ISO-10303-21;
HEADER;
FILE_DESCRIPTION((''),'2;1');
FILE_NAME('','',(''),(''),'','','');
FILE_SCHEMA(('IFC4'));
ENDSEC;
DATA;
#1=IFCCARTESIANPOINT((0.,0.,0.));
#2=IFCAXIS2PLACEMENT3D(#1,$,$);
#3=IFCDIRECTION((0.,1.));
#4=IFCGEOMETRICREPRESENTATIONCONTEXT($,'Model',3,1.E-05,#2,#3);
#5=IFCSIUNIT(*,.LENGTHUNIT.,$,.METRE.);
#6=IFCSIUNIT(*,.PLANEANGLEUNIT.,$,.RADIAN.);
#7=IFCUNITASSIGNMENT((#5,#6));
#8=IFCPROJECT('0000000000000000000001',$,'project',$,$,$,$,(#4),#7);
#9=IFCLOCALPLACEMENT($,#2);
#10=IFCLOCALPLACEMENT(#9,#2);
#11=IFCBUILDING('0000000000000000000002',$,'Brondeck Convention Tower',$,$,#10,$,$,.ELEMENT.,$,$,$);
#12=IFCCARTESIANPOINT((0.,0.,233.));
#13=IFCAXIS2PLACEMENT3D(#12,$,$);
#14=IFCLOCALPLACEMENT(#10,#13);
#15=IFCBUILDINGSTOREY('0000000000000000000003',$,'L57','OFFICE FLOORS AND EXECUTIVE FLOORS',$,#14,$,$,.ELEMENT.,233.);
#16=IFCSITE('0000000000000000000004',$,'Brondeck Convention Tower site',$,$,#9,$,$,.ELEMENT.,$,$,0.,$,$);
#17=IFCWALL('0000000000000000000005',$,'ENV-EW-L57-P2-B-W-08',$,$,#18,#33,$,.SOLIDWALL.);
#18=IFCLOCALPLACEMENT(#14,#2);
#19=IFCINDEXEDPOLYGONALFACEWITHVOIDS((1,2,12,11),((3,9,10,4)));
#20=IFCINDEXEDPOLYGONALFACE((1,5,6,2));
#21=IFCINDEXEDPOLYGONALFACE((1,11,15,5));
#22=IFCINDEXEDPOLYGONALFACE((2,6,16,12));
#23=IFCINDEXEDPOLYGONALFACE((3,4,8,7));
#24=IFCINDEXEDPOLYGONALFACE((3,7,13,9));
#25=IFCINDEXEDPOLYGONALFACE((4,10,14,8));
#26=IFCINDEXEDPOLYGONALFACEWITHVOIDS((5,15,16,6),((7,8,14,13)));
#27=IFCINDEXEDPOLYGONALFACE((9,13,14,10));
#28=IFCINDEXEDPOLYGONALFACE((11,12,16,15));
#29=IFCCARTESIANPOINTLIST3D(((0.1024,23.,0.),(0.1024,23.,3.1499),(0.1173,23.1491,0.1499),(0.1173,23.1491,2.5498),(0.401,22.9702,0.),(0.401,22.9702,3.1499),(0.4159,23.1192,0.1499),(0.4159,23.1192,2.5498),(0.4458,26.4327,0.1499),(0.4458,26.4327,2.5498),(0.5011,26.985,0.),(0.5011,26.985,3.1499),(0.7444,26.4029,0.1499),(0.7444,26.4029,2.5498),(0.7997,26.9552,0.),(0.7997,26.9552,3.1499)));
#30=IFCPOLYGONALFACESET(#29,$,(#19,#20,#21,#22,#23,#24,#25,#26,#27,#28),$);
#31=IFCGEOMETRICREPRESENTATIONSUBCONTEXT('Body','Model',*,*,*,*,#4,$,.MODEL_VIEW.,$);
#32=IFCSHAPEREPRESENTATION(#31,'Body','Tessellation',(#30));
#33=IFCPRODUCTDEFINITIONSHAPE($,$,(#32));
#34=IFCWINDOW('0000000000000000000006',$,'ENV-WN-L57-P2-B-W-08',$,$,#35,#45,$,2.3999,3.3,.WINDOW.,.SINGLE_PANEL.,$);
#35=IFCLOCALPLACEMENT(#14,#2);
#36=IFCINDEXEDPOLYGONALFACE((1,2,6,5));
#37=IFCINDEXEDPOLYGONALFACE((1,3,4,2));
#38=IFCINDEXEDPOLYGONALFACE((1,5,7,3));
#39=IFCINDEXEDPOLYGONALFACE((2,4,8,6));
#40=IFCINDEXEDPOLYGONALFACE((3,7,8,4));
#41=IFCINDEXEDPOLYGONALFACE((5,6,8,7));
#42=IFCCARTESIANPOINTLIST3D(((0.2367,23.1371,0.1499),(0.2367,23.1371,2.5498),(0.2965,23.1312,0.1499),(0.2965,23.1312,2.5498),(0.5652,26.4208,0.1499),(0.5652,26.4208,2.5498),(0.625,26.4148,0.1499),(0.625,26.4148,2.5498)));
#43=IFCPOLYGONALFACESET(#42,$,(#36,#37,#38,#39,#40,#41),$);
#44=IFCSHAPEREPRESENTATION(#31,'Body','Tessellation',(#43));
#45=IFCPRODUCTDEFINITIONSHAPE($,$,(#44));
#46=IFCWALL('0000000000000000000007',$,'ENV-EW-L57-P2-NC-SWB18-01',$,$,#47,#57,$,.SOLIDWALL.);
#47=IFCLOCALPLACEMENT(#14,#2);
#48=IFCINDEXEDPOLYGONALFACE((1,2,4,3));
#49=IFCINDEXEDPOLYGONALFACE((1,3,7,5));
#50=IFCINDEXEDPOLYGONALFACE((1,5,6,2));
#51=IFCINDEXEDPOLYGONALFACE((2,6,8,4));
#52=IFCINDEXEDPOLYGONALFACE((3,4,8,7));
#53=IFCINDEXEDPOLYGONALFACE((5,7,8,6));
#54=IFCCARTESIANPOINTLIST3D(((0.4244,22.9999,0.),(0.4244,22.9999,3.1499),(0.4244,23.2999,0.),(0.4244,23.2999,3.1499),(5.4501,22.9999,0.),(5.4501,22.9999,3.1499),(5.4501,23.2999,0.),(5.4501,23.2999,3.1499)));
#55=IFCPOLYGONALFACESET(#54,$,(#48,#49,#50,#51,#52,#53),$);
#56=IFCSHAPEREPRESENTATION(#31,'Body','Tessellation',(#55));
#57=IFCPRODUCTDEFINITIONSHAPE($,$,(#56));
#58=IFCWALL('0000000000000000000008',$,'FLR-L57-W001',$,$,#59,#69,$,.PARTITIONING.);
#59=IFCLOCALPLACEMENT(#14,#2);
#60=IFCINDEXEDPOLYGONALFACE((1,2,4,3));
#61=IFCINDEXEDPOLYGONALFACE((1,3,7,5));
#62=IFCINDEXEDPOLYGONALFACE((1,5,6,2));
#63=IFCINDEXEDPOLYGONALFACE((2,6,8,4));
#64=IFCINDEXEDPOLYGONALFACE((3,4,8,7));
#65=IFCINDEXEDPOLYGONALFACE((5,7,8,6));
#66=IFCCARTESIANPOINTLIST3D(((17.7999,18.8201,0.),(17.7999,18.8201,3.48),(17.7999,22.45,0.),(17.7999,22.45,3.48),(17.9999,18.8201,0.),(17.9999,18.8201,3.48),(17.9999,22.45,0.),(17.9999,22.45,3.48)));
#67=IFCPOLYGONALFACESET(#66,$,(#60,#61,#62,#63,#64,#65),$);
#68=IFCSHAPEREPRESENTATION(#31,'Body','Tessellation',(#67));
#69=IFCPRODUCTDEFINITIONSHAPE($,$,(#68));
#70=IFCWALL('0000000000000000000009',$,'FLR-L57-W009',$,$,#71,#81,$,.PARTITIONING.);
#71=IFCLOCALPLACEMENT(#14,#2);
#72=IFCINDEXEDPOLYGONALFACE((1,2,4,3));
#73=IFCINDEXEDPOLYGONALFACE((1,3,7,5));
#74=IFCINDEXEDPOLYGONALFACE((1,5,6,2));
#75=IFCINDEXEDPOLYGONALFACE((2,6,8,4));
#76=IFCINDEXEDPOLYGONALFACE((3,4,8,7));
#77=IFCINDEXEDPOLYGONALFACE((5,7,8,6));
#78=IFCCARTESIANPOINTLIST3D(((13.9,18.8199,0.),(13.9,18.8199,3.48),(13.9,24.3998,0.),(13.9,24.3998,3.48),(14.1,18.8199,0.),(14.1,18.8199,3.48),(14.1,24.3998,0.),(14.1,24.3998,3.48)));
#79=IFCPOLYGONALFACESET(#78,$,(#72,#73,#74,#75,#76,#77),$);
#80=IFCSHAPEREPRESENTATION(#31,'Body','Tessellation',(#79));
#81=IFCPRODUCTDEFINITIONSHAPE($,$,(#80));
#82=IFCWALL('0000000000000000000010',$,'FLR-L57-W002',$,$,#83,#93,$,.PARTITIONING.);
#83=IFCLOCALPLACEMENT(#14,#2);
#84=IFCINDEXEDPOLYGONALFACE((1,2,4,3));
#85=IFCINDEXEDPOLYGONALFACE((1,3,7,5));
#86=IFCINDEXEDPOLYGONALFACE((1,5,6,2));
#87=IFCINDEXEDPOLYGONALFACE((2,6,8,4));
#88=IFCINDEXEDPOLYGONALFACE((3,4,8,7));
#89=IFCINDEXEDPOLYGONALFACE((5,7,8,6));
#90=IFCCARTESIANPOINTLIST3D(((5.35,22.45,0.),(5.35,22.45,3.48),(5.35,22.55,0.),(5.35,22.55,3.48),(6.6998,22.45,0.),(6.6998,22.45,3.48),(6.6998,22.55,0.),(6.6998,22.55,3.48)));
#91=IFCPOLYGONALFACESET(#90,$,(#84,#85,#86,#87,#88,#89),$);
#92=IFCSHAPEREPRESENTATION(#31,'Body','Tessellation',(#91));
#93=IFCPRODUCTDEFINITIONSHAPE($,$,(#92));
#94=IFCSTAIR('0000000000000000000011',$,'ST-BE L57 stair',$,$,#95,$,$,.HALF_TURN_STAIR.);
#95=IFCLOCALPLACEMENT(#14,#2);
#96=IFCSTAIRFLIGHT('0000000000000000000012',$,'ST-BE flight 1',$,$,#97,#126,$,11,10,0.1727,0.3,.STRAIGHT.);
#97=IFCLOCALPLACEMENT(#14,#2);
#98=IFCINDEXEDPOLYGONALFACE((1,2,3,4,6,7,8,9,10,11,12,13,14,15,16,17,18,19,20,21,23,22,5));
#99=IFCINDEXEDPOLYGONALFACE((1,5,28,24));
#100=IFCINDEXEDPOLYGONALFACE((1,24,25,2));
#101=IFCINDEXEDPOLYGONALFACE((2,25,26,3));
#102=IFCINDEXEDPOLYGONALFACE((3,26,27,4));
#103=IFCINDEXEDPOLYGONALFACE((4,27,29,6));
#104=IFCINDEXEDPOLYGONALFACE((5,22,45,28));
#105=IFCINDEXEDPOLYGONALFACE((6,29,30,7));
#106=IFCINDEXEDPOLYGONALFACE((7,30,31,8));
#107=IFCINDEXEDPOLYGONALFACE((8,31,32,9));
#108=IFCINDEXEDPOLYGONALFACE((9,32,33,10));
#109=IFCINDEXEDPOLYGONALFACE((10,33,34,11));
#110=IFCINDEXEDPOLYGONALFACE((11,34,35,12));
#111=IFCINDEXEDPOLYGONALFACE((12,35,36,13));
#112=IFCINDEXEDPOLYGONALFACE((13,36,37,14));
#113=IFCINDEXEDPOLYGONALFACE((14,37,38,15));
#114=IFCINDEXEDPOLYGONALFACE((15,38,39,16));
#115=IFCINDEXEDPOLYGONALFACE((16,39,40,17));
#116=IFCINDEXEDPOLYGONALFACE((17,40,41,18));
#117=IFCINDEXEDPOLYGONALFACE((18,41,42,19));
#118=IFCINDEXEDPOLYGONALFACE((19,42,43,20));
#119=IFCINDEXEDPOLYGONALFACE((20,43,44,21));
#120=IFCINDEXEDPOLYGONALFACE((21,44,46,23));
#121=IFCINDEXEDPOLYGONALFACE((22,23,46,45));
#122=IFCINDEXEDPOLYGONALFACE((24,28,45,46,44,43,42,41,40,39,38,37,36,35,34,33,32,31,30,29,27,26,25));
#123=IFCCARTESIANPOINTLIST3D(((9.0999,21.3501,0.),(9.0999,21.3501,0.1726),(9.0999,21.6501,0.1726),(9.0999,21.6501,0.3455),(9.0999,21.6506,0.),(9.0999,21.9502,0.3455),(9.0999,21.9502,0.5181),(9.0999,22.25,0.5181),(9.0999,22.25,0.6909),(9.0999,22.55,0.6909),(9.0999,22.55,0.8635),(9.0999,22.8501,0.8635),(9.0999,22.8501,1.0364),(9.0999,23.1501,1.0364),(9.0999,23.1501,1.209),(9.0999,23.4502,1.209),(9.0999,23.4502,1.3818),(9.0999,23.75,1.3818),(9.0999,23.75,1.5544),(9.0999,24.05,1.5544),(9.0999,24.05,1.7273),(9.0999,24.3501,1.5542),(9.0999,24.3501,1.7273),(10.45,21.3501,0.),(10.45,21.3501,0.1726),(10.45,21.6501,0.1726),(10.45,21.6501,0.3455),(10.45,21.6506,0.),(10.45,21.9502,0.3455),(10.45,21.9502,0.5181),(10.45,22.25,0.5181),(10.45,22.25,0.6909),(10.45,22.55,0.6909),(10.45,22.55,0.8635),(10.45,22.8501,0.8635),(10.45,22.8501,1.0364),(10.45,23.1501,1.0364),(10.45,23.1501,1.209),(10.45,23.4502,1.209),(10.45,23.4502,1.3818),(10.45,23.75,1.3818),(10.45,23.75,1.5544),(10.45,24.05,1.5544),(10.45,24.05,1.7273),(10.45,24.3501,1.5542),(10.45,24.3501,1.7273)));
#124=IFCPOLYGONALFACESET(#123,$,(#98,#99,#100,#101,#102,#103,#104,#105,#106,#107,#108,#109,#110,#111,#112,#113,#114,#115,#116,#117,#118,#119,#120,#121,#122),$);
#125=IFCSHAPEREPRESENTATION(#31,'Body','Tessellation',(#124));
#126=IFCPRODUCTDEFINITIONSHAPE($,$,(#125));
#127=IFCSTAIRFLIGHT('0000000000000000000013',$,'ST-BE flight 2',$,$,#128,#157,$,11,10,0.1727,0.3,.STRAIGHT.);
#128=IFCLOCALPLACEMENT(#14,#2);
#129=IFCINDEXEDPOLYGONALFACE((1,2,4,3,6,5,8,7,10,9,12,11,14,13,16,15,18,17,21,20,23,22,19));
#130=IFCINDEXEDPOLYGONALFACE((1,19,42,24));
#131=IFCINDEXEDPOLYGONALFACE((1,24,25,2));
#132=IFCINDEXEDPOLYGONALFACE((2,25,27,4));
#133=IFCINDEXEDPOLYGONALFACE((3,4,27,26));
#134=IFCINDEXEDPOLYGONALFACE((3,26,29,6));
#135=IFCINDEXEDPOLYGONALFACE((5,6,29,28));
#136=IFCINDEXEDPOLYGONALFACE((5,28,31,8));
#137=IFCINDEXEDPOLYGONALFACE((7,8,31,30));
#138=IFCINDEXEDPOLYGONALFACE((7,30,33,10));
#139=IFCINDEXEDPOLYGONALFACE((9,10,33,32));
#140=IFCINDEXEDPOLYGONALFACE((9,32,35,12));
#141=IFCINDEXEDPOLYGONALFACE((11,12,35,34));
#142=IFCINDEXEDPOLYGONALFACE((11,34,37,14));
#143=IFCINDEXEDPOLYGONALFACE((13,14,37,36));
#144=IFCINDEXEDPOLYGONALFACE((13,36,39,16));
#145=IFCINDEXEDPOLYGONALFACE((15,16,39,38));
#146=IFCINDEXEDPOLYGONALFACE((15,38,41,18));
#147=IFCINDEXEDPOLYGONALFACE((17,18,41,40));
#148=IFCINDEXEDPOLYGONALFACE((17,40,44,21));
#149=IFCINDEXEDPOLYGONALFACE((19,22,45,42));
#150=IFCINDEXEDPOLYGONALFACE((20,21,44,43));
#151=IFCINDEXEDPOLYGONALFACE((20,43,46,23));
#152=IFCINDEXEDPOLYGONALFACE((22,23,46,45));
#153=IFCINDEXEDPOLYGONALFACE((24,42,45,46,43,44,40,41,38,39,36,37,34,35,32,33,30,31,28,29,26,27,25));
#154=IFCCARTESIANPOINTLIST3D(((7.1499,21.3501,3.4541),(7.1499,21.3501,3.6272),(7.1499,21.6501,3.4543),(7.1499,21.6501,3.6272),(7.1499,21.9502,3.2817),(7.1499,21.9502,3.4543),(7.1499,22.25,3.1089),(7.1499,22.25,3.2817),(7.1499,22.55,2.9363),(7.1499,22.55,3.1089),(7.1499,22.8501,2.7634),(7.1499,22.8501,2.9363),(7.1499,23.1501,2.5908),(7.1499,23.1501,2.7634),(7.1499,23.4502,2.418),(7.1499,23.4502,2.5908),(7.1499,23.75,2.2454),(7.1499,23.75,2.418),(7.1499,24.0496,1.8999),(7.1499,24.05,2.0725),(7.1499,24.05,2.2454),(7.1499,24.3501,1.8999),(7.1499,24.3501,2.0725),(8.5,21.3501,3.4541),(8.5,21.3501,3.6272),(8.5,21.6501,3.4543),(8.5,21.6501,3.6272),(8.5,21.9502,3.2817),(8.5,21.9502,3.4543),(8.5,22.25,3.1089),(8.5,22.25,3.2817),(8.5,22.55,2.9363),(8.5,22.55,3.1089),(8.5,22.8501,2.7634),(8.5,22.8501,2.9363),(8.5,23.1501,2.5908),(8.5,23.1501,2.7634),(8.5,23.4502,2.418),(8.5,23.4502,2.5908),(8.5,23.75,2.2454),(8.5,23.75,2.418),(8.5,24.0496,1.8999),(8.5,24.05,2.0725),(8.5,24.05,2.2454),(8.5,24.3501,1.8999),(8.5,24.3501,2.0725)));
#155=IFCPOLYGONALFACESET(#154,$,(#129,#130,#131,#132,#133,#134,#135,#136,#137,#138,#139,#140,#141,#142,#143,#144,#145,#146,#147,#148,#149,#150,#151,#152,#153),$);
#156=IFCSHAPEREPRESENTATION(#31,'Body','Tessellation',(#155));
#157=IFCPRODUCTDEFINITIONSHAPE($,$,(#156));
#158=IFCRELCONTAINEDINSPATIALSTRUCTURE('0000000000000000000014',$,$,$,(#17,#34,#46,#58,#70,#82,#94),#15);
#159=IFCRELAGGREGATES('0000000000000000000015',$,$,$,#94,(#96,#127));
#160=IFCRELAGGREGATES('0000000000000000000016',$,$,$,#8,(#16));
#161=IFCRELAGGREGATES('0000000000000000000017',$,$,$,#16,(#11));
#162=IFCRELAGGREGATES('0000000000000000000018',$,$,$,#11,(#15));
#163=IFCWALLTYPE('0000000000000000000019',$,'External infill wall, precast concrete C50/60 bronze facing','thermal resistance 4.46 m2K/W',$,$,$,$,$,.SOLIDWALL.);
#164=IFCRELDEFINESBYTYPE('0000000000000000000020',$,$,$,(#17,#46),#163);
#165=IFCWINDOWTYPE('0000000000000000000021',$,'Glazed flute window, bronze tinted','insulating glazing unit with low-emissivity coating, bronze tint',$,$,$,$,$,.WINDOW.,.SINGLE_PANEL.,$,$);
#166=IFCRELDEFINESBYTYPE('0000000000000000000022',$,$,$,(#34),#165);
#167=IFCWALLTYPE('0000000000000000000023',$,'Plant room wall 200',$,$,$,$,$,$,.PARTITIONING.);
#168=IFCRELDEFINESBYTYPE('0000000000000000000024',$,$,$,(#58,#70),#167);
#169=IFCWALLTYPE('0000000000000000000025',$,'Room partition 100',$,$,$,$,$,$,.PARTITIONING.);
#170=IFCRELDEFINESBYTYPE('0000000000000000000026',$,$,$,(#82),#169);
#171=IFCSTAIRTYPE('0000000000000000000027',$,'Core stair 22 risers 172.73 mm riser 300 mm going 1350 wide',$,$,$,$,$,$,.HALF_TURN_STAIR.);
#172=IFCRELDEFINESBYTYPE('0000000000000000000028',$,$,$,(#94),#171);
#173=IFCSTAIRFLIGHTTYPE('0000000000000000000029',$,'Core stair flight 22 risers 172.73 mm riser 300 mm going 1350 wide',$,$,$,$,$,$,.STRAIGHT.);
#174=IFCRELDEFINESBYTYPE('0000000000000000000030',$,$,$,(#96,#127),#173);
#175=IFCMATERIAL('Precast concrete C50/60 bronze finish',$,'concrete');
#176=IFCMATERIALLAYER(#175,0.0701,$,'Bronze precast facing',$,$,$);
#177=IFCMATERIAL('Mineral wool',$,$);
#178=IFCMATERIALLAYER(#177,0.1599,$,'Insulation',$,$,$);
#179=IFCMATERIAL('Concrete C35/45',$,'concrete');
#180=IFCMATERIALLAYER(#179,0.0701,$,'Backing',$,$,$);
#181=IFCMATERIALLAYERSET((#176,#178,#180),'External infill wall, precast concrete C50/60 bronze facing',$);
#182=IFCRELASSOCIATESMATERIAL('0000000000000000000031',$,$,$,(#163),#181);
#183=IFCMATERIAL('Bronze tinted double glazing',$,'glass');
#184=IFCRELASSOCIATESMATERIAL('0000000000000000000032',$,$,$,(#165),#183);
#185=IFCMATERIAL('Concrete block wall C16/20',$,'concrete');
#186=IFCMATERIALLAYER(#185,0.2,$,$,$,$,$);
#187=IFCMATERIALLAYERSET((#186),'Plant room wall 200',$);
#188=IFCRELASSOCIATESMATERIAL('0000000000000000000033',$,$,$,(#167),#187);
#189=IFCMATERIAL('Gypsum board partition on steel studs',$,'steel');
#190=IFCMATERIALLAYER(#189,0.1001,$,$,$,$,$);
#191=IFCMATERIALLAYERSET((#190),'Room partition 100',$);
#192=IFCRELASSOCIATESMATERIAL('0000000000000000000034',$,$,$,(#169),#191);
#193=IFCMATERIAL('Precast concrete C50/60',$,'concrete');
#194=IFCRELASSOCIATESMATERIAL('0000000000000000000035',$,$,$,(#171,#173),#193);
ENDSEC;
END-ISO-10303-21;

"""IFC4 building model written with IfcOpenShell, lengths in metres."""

from ifc_helpers import new_model, si_unit, direction, frame, frame_2d, origin, place, context, subcontext, project, spatial, polyline, rectangle, outline, extrude, material, layer, layer_set, type_object, element, fill, aggregate, save


model = new_model("IFC4")

# Units and contexts
model_context = context("Model", 3, precision=1e-05, world=origin(), true_north=direction((0.0, 1.0)))
body_context = subcontext(model_context, "Body", "Model", "MODEL_VIEW")
ifc_project = project(units=[si_unit("LENGTHUNIT", "METRE"), si_unit("PLANEANGLEUNIT", "RADIAN")], contexts=[model_context])

# Site, building, storey
site_placement = place(None, origin())
site = spatial("IfcSite", under=ifc_project, at=site_placement, Name="Brondeck Convention Tower site", CompositionType="ELEMENT", RefElevation=0.0)
building_placement = place(site_placement, origin())
building = spatial("IfcBuilding", under=site, at=building_placement, Name="Brondeck Convention Tower", CompositionType="ELEMENT")
storey_placement = place(building_placement, frame((0.0, 0.0, 233.0)))
storey = spatial("IfcBuildingStorey", under=building, at=storey_placement, Name="L57", Description="OFFICE FLOORS AND EXECUTIVE FLOORS", CompositionType="ELEMENT", Elevation=233.0)

# Shared definitions
ifc_material_1 = material(Name="Precast concrete C50/60 bronze finish", Category="concrete")
ifc_layer_1 = layer(ifc_material_1, 0.0701, Name="Bronze precast facing")
ifc_material_2 = material(Name="Mineral wool")
ifc_layer_2 = layer(ifc_material_2, 0.1599, Name="Insulation")
ifc_material_3 = material(Name="Concrete C35/45", Category="concrete")
ifc_layer_3 = layer(ifc_material_3, 0.0701, Name="Backing")
ifc_layer_set_1 = layer_set([ifc_layer_1, ifc_layer_2, ifc_layer_3], Name="External infill wall, precast concrete C50/60 bronze facing")
wall_type_1 = type_object("IfcWallType", Name="External infill wall, precast concrete C50/60 bronze facing", Description="thermal resistance 4.46 m2K/W", PredefinedType="SOLIDWALL", material=ifc_layer_set_1)
ifc_material_4 = material(Name="Bronze tinted double glazing", Category="glass")
window_type_1 = type_object("IfcWindowType", Name="Glazed flute window, bronze tinted", Description="insulating glazing unit with low-emissivity coating, bronze tint", PartitioningType="SINGLE_PANEL", PredefinedType="WINDOW", material=ifc_material_4)

# Wall, opening, window
wall_1_placement = place(storey_placement, frame((0.2517, 22.9851, 0.0), z_axis=(0.0, 0.0, 1.0), x_axis=(0.099546, 0.995033, 0.0)))
wall_1 = element("IfcWall", 1, at=wall_1_placement, inside=storey, type_object=wall_type_1, Name="ENV-EW-L57-P2-B-W-08", PredefinedType="SOLIDWALL", context=body_context, shape_type="SweptSolid", body=[
    extrude(rectangle(XDim=4.0049, YDim=0.3, at=frame_2d((2.0024, 0.0))), origin(), (0.0, 0.0, 1.0), 3.1499),
])
opening_1_placement = place(wall_1_placement, frame((0.1499, 0.0, 0.1499)))
opening_1 = element("IfcOpeningElement", 2, at=opening_1_placement, cuts=wall_1, PredefinedType="OPENING", context=body_context, shape_type="SweptSolid", body=[
    extrude(rectangle(XDim=3.3, YDim=2.3999, at=frame_2d((1.6499, 1.2))), frame((0.0, 0.1599, 0.0), z_axis=(0.0, -1.0, 0.0), x_axis=(1.0, 0.0, 0.0)), (0.0, 0.0, 1.0), 0.3201),
])
window_1_placement = place(opening_1_placement, origin())
window_1 = element("IfcWindow", 3, at=window_1_placement, inside=storey, type_object=window_type_1, Name="ENV-WN-L57-P2-B-W-08", OverallHeight=2.3999, OverallWidth=3.3, PartitioningType="SINGLE_PANEL", PredefinedType="WINDOW", context=body_context, shape_type="SweptSolid", body=[
    extrude(rectangle(XDim=3.3, YDim=2.3999, at=frame_2d((1.6499, 1.2))), frame((0.0, 0.03, 0.0), z_axis=(0.0, -1.0, 0.0), x_axis=(1.0, 0.0, 0.0)), (0.0, 0.0, 1.0), 0.0601),
])
fill(opening_1, window_1)

# Walls
wall_2_placement = place(storey_placement, frame((5.45, 23.1499, 0.0), z_axis=(0.0, 0.0, 1.0), x_axis=(-1.0, 0.0, 0.0)))
element("IfcWall", 4, at=wall_2_placement, inside=storey, type_object=wall_type_1, Name="ENV-EW-L57-P2-NC-SWB18-01", PredefinedType="SOLIDWALL", context=body_context, shape_type="SweptSolid", body=[
    extrude(rectangle(XDim=5.0256, YDim=0.3, at=frame_2d((2.5127, 0.0))), origin(), (0.0, 0.0, 1.0), 3.1499),
])
ifc_material_5 = material(Name="Concrete block wall C16/20", Category="concrete")
ifc_layer_4 = layer(ifc_material_5, 0.2)
ifc_layer_set_2 = layer_set([ifc_layer_4], Name="Plant room wall 200")
wall_type_2 = type_object("IfcWallType", Name="Plant room wall 200", PredefinedType="PARTITIONING", material=ifc_layer_set_2)
wall_3_placement = place(storey_placement, frame((17.8999, 22.45, 0.0), z_axis=(0.0, 0.0, 1.0), x_axis=(0.0, -1.0, 0.0)))
element("IfcWall", 5, at=wall_3_placement, inside=storey, type_object=wall_type_2, Name="FLR-L57-W001", PredefinedType="PARTITIONING", context=body_context, shape_type="SweptSolid", body=[
    extrude(rectangle(XDim=3.6299, YDim=0.2, at=frame_2d((1.8149, 0.0))), origin(), (0.0, 0.0, 1.0), 3.48),
])
wall_4_placement = place(storey_placement, frame((14.0, 24.3999, 0.0), z_axis=(0.0, 0.0, 1.0), x_axis=(0.0, -1.0, 0.0)))
element("IfcWall", 6, at=wall_4_placement, inside=storey, type_object=wall_type_2, Name="FLR-L57-W009", PredefinedType="PARTITIONING", context=body_context, shape_type="SweptSolid", body=[
    extrude(rectangle(XDim=5.5798, YDim=0.2, at=frame_2d((2.79, 0.0))), origin(), (0.0, 0.0, 1.0), 3.48),
])
ifc_material_6 = material(Name="Gypsum board partition on steel studs", Category="steel")
ifc_layer_5 = layer(ifc_material_6, 0.1001)
ifc_layer_set_3 = layer_set([ifc_layer_5], Name="Room partition 100")
wall_type_3 = type_object("IfcWallType", Name="Room partition 100", PredefinedType="PARTITIONING", material=ifc_layer_set_3)
wall_5_placement = place(storey_placement, frame((5.3501, 22.5, 0.0), z_axis=(0.0, 0.0, 1.0), x_axis=(1.0, 0.0, 0.0)))
element("IfcWall", 7, at=wall_5_placement, inside=storey, type_object=wall_type_3, Name="FLR-L57-W002", PredefinedType="PARTITIONING", context=body_context, shape_type="SweptSolid", body=[
    extrude(rectangle(XDim=1.3499, YDim=0.1001, at=frame_2d((0.6748, 0.0))), origin(), (0.0, 0.0, 1.0), 3.48),
])

# Stair, stair flights
ifc_material_7 = material(Name="Precast concrete C50/60", Category="concrete")
stair_type = type_object("IfcStairType", Name="Core stair 22 risers 172.73 mm riser 300 mm going 1350 wide", PredefinedType="HALF_TURN_STAIR", material=ifc_material_7)
stair_placement = place(storey_placement, origin())
stair = element("IfcStair", 8, at=stair_placement, inside=storey, type_object=stair_type, Name="ST-BE L57 stair", PredefinedType="HALF_TURN_STAIR")
stair_flight_type = type_object("IfcStairFlightType", Name="Core stair flight 22 risers 172.73 mm riser 300 mm going 1350 wide", PredefinedType="STRAIGHT", material=ifc_material_7)
stair_flight_1_placement = place(storey_placement, frame((9.7749, 21.3501, 0.0), z_axis=(0.0, 0.0, 1.0), x_axis=(0.0, 1.0, 0.0)))
stair_flight_1 = element("IfcStairFlight", 9, at=stair_flight_1_placement, type_object=stair_flight_type, Name="ST-BE flight 1", NumberOfRisers=11, NumberOfTreads=10, PredefinedType="STRAIGHT", RiserHeight=0.1727, TreadLength=0.3, context=body_context, shape_type="SweptSolid", body=[
    extrude(outline(polyline([(0.0, 0.0), (0.0, 0.1726), (0.3, 0.1726), (0.3, 0.3455), (0.6001, 0.3455), (0.6001, 0.5181), (0.8999, 0.5181), (0.8999, 0.6909), (1.2, 0.6909), (1.2, 0.8635), (1.5, 0.8635), (1.5, 1.0364), (1.8, 1.0364), (1.8, 1.209), (2.1001, 1.209), (2.1001, 1.3818), (2.3999, 1.3818), (2.3999, 1.5544), (2.7, 1.5544), (2.7, 1.7273), (3.0, 1.7273), (3.0, 1.8999), (3.0, 1.5542), (0.3005, 0.0), (0.0, 0.0)])), frame((0.0, 0.675, 0.0), z_axis=(0.0, -1.0, 0.0), x_axis=(1.0, 0.0, 0.0)), (0.0, 0.0, 1.0), 1.3501),
])
stair_flight_2_placement = place(storey_placement, frame((7.825, 24.3501, 1.8999), z_axis=(0.0, 0.0, 1.0), x_axis=(0.0, -1.0, 0.0)))
stair_flight_2 = element("IfcStairFlight", 10, at=stair_flight_2_placement, type_object=stair_flight_type, Name="ST-BE flight 2", NumberOfRisers=11, NumberOfTreads=10, PredefinedType="STRAIGHT", RiserHeight=0.1727, TreadLength=0.3, context=body_context, shape_type="SweptSolid", body=[
    extrude(outline(polyline([(0.0, 0.0), (0.0, 0.1726), (0.3, 0.1726), (0.3, 0.3455), (0.6001, 0.3455), (0.6001, 0.5181), (0.8999, 0.5181), (0.8999, 0.6909), (1.2, 0.6909), (1.2, 0.8635), (1.5, 0.8635), (1.5, 1.0364), (1.8, 1.0364), (1.8, 1.209), (2.1001, 1.209), (2.1001, 1.3818), (2.3999, 1.3818), (2.3999, 1.5544), (2.7, 1.5544), (2.7, 1.7273), (3.0, 1.7273), (3.0, 1.8999), (3.0, 1.5542), (0.3005, 0.0), (0.0, 0.0)])), frame((0.0, 0.675, 0.0), z_axis=(0.0, -1.0, 0.0), x_axis=(1.0, 0.0, 0.0)), (0.0, 0.0, 1.0), 1.3501),
])
aggregate(stair, [stair_flight_1, stair_flight_2])

save(model, "model.ifc")
